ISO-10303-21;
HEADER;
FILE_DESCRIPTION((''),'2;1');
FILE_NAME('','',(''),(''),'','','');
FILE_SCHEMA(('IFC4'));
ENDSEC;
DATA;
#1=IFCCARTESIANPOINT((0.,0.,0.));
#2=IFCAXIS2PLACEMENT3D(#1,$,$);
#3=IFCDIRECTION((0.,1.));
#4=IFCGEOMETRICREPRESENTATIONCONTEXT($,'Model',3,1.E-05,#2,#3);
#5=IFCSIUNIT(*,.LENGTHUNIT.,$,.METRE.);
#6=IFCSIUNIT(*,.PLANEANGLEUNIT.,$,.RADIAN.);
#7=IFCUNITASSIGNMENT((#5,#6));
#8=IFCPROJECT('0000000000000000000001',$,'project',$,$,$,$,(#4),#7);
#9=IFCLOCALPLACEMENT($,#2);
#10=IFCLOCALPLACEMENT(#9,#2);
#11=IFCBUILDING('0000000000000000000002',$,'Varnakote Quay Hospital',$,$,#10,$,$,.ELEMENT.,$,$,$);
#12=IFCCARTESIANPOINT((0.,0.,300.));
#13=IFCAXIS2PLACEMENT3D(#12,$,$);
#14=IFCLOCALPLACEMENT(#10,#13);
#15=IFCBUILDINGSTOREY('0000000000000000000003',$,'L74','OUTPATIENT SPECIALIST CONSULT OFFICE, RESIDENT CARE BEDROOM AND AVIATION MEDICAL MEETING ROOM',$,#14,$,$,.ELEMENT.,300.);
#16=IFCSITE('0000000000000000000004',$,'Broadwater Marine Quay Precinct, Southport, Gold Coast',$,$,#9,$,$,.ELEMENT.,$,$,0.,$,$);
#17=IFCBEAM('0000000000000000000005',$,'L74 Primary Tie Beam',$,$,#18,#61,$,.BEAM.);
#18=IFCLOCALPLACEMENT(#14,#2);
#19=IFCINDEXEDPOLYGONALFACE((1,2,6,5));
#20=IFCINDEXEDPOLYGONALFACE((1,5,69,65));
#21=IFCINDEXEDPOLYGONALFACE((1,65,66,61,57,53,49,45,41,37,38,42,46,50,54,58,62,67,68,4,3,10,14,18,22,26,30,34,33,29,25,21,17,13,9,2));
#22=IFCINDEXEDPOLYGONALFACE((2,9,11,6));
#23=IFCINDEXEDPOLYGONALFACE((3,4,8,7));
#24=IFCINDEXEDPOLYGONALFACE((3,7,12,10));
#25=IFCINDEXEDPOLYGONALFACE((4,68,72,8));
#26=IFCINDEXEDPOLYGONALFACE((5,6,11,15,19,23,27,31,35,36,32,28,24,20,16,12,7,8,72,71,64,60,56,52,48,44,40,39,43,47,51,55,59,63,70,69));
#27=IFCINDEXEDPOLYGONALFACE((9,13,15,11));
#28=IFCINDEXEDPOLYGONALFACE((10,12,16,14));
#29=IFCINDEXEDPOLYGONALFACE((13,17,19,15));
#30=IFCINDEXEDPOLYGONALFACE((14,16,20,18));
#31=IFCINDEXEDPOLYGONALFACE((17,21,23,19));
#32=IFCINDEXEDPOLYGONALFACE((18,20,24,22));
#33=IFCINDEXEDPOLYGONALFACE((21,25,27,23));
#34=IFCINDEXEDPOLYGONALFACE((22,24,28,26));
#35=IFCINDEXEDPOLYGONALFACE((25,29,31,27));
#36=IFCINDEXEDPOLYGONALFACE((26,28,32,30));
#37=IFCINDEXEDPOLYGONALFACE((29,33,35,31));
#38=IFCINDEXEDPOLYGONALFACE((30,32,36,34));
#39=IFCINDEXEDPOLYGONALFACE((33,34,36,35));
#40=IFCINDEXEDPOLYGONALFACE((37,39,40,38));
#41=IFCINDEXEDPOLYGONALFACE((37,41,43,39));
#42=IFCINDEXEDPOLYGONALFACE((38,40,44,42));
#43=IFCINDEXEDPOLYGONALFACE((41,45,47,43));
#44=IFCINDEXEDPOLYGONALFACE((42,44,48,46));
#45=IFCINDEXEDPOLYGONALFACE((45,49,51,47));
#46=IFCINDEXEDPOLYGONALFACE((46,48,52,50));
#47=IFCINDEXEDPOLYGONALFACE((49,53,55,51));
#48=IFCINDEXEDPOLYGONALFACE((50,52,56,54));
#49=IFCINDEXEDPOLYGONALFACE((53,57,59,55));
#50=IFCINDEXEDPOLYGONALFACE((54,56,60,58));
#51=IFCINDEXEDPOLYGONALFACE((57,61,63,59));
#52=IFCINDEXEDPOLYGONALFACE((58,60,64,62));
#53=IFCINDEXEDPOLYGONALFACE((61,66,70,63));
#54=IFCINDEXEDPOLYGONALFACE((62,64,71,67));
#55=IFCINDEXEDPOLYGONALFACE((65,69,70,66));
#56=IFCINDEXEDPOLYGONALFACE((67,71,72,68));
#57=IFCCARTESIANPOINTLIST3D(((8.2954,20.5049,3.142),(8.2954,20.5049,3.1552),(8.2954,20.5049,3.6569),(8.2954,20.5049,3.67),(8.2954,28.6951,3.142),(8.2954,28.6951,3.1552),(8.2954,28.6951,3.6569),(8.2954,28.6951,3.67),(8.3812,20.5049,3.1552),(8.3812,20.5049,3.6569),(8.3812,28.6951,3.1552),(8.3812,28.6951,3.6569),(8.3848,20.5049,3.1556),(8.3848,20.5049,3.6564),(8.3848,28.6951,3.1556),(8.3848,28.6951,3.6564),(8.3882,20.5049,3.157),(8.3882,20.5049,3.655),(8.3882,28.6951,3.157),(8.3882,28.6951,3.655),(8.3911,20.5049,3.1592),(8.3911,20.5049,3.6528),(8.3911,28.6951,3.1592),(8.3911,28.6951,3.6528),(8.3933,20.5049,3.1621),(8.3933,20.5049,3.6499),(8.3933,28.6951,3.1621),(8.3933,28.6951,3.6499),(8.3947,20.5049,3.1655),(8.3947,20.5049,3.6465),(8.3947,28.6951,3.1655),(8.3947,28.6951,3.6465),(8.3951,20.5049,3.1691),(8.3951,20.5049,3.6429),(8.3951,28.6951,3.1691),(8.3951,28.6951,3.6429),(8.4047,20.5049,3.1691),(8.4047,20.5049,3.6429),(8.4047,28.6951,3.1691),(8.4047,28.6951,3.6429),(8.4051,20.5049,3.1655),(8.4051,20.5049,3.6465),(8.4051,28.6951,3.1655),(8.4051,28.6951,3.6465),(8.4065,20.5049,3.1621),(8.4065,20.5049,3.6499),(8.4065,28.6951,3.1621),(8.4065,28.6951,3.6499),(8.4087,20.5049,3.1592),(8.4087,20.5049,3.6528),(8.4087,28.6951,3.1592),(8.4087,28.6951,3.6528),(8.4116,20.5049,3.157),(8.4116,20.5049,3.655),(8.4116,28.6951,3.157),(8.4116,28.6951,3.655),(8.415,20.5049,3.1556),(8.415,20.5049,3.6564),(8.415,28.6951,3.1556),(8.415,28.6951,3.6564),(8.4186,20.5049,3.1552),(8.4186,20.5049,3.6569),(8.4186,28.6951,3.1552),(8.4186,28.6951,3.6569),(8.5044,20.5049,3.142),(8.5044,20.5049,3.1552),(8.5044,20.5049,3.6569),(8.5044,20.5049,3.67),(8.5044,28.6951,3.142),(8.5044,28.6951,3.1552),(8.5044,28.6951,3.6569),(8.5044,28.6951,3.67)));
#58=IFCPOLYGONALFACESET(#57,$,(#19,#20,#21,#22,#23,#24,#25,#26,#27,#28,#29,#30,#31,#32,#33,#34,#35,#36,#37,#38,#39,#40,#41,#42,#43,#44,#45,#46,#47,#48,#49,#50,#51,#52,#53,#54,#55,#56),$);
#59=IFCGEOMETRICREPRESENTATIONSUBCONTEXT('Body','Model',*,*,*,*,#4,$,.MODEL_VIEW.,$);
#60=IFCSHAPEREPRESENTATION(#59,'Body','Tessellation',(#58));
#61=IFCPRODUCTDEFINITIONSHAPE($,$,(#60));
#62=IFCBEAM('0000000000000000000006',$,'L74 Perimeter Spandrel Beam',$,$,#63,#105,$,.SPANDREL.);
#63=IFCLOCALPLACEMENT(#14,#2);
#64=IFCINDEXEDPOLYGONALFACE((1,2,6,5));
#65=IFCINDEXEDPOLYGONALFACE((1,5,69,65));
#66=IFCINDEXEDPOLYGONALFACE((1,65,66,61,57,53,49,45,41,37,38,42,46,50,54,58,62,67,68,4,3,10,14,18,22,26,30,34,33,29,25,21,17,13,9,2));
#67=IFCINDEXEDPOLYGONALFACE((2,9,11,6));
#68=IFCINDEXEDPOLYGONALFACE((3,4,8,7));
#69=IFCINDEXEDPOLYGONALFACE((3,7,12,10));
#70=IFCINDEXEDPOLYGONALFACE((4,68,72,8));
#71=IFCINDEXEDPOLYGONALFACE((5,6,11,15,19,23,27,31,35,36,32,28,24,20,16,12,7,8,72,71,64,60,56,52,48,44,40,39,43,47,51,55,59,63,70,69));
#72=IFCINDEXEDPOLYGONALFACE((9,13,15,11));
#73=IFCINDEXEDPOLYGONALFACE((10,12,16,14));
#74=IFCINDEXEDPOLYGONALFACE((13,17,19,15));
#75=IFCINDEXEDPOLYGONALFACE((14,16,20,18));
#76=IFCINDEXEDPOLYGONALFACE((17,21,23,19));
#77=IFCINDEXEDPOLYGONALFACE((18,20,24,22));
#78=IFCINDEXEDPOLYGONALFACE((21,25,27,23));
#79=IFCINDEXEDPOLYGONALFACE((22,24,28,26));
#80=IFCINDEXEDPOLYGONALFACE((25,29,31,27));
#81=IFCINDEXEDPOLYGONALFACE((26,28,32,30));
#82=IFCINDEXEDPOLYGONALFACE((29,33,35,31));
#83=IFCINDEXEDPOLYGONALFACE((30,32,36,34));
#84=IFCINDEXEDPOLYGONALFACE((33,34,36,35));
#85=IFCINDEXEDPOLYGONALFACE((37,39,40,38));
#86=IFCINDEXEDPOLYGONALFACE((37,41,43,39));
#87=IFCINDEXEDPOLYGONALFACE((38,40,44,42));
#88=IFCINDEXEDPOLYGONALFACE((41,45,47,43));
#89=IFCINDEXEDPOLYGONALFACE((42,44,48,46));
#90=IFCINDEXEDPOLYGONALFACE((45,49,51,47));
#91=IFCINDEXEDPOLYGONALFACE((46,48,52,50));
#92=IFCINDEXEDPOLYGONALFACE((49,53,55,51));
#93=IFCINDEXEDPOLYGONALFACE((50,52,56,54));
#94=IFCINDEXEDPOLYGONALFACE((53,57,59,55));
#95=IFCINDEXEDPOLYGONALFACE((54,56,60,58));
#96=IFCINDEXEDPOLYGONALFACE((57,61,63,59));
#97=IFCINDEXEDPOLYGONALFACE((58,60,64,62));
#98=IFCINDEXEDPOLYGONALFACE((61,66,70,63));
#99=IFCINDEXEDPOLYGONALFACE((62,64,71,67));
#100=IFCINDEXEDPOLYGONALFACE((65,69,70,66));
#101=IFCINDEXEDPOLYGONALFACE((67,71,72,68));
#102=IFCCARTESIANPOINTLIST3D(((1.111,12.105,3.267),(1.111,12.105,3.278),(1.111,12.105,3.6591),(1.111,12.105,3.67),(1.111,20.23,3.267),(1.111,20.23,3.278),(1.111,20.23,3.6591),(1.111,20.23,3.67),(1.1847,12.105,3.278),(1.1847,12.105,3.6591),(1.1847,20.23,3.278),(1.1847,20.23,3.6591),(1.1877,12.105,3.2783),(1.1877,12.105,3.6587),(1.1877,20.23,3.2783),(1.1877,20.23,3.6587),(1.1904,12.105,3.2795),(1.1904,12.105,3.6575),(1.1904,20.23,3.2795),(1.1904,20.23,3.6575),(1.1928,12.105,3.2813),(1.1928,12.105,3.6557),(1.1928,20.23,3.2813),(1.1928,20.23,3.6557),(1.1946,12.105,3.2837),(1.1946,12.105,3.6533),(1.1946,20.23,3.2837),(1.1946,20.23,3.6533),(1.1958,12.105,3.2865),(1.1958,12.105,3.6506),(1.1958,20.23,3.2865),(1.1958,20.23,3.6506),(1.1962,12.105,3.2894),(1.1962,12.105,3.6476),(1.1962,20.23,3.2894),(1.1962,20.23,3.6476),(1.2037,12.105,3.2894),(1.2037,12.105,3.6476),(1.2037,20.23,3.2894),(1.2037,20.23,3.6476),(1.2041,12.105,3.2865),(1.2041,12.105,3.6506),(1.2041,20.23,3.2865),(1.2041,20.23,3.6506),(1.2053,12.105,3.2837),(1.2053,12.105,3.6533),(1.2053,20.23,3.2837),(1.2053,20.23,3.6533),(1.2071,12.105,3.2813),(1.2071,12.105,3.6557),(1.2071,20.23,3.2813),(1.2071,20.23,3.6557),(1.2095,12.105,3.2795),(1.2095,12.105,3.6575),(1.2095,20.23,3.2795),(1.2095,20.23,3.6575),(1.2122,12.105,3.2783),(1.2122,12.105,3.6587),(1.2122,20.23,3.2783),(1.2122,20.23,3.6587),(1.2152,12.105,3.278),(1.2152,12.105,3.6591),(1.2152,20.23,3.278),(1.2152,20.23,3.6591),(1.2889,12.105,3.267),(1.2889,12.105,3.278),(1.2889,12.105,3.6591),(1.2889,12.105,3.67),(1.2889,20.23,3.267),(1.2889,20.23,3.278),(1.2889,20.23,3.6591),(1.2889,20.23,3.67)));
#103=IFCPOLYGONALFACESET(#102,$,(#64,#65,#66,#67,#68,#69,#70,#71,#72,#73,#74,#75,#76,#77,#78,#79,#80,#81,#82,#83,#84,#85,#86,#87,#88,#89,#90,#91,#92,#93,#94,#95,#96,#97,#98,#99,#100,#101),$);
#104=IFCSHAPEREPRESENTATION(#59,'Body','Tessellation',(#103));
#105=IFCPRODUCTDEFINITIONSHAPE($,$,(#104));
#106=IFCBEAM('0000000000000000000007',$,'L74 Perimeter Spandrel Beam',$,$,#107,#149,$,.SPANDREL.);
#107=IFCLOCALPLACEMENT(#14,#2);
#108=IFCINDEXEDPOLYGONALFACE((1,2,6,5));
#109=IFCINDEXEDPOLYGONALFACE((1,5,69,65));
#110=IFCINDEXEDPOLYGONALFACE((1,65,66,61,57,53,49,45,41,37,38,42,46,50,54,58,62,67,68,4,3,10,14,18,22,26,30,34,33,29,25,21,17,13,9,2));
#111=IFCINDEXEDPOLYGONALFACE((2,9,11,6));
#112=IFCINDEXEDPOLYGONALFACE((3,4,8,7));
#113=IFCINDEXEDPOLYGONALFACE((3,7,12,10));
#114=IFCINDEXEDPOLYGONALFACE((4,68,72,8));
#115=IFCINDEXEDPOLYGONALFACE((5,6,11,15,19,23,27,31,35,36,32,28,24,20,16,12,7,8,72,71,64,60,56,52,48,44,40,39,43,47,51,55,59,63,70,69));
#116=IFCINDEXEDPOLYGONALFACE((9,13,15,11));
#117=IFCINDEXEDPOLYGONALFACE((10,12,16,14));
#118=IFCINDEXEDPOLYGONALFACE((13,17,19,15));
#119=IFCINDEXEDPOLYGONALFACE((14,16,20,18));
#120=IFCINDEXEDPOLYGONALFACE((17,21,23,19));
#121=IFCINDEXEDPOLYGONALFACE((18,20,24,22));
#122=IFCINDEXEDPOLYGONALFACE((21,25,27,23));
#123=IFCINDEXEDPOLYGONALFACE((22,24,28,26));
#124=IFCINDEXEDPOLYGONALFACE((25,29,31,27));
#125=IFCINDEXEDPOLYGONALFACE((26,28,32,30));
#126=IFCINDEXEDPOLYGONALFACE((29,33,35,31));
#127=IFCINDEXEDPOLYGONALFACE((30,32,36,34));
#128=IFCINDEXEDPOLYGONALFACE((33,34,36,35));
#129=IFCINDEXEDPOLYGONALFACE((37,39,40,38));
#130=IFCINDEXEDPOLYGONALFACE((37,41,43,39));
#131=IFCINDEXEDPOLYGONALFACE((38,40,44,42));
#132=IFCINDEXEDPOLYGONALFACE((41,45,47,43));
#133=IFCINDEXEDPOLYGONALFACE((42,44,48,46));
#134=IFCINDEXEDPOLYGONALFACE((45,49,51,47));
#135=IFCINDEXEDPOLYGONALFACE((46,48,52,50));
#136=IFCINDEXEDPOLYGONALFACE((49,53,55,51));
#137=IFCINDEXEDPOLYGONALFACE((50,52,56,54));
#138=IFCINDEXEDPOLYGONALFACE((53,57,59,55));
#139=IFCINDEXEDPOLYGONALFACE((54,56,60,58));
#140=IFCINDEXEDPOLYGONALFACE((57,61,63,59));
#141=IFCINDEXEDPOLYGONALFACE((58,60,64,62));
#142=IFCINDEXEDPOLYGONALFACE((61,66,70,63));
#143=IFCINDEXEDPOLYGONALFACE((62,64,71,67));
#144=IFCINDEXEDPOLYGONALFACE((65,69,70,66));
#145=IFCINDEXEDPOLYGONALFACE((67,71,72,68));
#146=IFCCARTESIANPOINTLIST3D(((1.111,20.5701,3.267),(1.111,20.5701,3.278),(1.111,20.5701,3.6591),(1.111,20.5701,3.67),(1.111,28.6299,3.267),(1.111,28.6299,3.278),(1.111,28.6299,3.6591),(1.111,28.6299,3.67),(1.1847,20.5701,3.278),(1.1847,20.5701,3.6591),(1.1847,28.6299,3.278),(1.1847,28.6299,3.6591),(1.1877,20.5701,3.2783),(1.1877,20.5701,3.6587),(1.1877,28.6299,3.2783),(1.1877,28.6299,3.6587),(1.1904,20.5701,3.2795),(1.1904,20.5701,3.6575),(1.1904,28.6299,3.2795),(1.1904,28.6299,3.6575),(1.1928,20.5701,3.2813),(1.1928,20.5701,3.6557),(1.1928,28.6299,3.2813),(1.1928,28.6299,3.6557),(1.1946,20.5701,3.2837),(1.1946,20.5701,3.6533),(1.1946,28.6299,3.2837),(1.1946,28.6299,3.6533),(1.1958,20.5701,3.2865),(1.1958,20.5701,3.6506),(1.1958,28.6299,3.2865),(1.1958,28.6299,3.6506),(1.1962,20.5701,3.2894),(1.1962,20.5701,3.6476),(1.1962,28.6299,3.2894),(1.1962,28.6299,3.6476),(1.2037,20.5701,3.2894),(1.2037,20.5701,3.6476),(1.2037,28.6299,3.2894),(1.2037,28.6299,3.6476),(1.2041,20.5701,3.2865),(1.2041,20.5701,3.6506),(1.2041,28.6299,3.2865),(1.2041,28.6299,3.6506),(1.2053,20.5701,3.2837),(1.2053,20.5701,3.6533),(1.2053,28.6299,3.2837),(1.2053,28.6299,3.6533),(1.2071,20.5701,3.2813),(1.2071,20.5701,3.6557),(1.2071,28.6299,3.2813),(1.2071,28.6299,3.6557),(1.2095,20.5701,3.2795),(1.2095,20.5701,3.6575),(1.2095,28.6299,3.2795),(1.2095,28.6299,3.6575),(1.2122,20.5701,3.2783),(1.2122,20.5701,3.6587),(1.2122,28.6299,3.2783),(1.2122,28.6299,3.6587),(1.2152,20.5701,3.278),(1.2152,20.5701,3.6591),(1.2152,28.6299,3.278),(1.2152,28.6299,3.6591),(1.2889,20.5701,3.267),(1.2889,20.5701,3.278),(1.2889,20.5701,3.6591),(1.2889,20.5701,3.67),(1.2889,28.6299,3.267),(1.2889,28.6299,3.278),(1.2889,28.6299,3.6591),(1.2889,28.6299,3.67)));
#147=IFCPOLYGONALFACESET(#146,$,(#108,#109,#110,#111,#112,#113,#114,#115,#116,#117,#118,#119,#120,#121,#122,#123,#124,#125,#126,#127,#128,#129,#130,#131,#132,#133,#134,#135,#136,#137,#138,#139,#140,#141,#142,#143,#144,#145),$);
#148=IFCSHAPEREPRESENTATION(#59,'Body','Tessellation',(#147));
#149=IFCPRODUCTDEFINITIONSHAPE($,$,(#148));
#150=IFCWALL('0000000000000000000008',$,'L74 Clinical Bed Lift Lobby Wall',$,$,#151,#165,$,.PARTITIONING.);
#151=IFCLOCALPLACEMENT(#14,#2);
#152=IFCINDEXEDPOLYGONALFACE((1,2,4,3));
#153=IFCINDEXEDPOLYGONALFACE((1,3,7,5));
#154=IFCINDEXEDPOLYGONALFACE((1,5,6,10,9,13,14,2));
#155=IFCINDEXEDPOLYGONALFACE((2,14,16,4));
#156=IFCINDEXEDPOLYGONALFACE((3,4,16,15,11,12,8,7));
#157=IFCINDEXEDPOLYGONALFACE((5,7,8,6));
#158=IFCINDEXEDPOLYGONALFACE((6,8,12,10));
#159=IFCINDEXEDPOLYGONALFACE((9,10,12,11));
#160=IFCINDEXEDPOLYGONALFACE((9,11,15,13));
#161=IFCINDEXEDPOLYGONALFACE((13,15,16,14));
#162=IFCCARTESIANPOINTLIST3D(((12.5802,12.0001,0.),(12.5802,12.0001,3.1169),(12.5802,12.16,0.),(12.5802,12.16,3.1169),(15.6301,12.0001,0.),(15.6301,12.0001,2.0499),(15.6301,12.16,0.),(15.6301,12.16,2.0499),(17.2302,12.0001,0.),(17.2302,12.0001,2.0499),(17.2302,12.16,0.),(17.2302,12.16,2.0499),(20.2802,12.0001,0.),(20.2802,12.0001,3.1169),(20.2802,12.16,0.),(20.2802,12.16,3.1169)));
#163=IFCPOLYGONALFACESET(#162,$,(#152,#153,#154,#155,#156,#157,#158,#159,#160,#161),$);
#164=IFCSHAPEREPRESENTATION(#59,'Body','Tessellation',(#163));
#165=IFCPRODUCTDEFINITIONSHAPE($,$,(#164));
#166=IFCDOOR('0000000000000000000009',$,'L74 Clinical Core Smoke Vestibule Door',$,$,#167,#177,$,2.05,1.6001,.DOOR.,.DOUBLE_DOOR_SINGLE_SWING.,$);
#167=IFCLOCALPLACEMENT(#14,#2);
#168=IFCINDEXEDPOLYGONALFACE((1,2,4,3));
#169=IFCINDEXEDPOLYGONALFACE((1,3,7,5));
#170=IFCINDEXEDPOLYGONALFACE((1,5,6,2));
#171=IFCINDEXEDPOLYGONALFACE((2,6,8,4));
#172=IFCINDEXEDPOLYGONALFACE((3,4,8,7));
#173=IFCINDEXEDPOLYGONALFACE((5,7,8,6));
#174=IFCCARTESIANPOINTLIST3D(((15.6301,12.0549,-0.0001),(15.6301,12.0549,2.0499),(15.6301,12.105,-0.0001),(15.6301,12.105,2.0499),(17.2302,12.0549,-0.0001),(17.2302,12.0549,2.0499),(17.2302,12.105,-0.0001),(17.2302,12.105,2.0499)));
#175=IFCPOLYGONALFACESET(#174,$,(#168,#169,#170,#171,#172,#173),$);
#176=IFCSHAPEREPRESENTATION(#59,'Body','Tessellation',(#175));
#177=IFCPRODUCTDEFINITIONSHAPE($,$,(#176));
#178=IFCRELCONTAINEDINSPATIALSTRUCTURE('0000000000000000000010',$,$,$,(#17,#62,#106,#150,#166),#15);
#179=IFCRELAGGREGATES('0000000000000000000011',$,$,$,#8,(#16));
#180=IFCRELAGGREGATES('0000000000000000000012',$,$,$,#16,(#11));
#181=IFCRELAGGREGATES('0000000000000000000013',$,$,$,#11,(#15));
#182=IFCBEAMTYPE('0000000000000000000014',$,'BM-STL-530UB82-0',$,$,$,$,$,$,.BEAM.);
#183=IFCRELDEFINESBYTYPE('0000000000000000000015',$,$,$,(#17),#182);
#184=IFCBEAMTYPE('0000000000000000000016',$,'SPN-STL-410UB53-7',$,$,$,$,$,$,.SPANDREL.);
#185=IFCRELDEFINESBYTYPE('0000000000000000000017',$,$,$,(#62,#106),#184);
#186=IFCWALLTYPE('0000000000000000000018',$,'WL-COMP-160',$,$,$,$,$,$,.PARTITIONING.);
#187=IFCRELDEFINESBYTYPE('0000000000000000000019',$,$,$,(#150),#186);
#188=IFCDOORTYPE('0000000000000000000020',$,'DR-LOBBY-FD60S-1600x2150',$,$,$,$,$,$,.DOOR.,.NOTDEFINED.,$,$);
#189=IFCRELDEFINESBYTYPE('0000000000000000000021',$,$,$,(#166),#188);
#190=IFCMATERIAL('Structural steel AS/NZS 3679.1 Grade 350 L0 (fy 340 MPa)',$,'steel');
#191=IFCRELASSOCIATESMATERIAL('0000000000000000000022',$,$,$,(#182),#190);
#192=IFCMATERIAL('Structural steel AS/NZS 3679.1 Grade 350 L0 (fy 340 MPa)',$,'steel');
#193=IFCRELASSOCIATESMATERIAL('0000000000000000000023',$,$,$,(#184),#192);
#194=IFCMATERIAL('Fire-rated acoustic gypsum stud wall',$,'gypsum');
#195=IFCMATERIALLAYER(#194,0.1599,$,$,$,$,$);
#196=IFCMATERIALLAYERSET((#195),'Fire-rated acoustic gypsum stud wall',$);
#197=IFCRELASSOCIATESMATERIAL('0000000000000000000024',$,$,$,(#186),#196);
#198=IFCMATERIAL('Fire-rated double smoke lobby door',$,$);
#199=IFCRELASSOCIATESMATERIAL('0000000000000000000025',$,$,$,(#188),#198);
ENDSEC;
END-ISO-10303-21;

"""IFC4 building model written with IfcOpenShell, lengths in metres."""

from ifc_helpers import new_model, si_unit, direction, frame, frame_2d, origin, origin_2d, place, context, subcontext, project, spatial, rectangle, i_section, extrude, material, layer, layer_set, material_profile, profile_set, type_object, element, fill, save


model = new_model("IFC4")

# Units and contexts
model_context = context("Model", 3, precision=1e-05, world=origin(), true_north=direction((0.0, 1.0)))
body_context = subcontext(model_context, "Body", "Model", "MODEL_VIEW")
ifc_project = project(units=[si_unit("LENGTHUNIT", "METRE"), si_unit("PLANEANGLEUNIT", "RADIAN")], contexts=[model_context])

# Site, building, storey
site_placement = place(None, origin())
site = spatial("IfcSite", under=ifc_project, at=site_placement, Name="Broadwater Marine Quay Precinct, Southport, Gold Coast", CompositionType="ELEMENT", RefElevation=0.0)
building_placement = place(site_placement, origin())
building = spatial("IfcBuilding", under=site, at=building_placement, Name="Varnakote Quay Hospital", CompositionType="ELEMENT")
storey_placement = place(building_placement, frame((0.0, 0.0, 300.0)))
storey = spatial("IfcBuildingStorey", under=building, at=storey_placement, Name="L74", Description="OUTPATIENT SPECIALIST CONSULT OFFICE, RESIDENT CARE BEDROOM AND AVIATION MEDICAL MEETING ROOM", CompositionType="ELEMENT", Elevation=300.0)

# Beams
ifc_material_1 = material(Name="Structural steel AS/NZS 3679.1 Grade 350 L0 (fy 340 MPa)", Category="steel")
ifc_material_profile_1 = material_profile(ifc_material_1, i_section(OverallWidth=0.209, OverallDepth=0.5281, WebThickness=0.0095, FlangeThickness=0.0132, FilletRadius=0.0139, at=origin_2d()), Name="530UB82.0")
ifc_profile_set_1 = profile_set([ifc_material_profile_1], Name="Structural steel AS/NZS 3679.1 Grade 350 L0 (fy 340 MPa)")
beam_type_1 = type_object("IfcBeamType", Name="BM-STL-530UB82-0", PredefinedType="BEAM", material=ifc_profile_set_1)
beam_1_placement = place(storey_placement, frame((8.3999, 20.5049, 3.406), z_axis=(0.0, 1.0, 0.0), x_axis=(-1.0, 0.0, 0.0)))
element("IfcBeam", 1, at=beam_1_placement, inside=storey, type_object=beam_type_1, Name="L74 Primary Tie Beam", PredefinedType="BEAM", context=body_context, shape_type="SweptSolid", body=[
    extrude(i_section(OverallWidth=0.209, OverallDepth=0.5281, WebThickness=0.0095, FlangeThickness=0.0132, FilletRadius=0.0139, at=origin_2d()), origin(), (0.0, 0.0, 1.0), 8.1902),
])
ifc_material_2 = material(Name="Structural steel AS/NZS 3679.1 Grade 350 L0 (fy 340 MPa)", Category="steel")
ifc_material_profile_2 = material_profile(ifc_material_2, i_section(OverallWidth=0.178, OverallDepth=0.4031, WebThickness=0.0076, FlangeThickness=0.011, FilletRadius=0.0115, at=origin_2d()), Name="410UB53.7")
ifc_profile_set_2 = profile_set([ifc_material_profile_2], Name="Structural steel AS/NZS 3679.1 Grade 350 L0 (fy 340 MPa)")
beam_type_2 = type_object("IfcBeamType", Name="SPN-STL-410UB53-7", PredefinedType="SPANDREL", material=ifc_profile_set_2)
beam_2_placement = place(storey_placement, frame((1.2, 12.105, 3.4685), z_axis=(0.0, 1.0, 0.0), x_axis=(-1.0, 0.0, 0.0)))
element("IfcBeam", 2, at=beam_2_placement, inside=storey, type_object=beam_type_2, Name="L74 Perimeter Spandrel Beam", PredefinedType="SPANDREL", context=body_context, shape_type="SweptSolid", body=[
    extrude(i_section(OverallWidth=0.178, OverallDepth=0.4031, WebThickness=0.0076, FlangeThickness=0.011, FilletRadius=0.0115, at=origin_2d()), origin(), (0.0, 0.0, 1.0), 8.125),
])
beam_3_placement = place(storey_placement, frame((1.2, 20.5701, 3.4685), z_axis=(0.0, 1.0, 0.0), x_axis=(-1.0, 0.0, 0.0)))
element("IfcBeam", 3, at=beam_3_placement, inside=storey, type_object=beam_type_2, Name="L74 Perimeter Spandrel Beam", PredefinedType="SPANDREL", context=body_context, shape_type="SweptSolid", body=[
    extrude(i_section(OverallWidth=0.178, OverallDepth=0.4031, WebThickness=0.0076, FlangeThickness=0.011, FilletRadius=0.0115, at=origin_2d()), origin(), (0.0, 0.0, 1.0), 8.0598),
])

# Wall, opening, door
ifc_material_3 = material(Name="Fire-rated acoustic gypsum stud wall", Category="gypsum")
ifc_layer_1 = layer(ifc_material_3, 0.1599)
ifc_layer_set_1 = layer_set([ifc_layer_1], Name="Fire-rated acoustic gypsum stud wall")
wall_type_1 = type_object("IfcWallType", Name="WL-COMP-160", PredefinedType="PARTITIONING", material=ifc_layer_set_1)
wall_1_placement = place(storey_placement, frame((12.5801, 12.0801, 0.0), z_axis=(0.0, 0.0, 1.0), x_axis=(1.0, 0.0, 0.0)))
wall_1 = element("IfcWall", 4, at=wall_1_placement, inside=storey, type_object=wall_type_1, Name="L74 Clinical Bed Lift Lobby Wall", PredefinedType="PARTITIONING", context=body_context, shape_type="SweptSolid", body=[
    extrude(rectangle(XDim=7.7, YDim=0.1599, at=frame_2d((3.8501, 0.0))), origin(), (0.0, 0.0, 1.0), 3.1169),
])
opening_1_placement = place(wall_1_placement, frame((3.05, 0.0, 0.0)))
opening_1 = element("IfcOpeningElement", 5, at=opening_1_placement, cuts=wall_1, PredefinedType="OPENING", context=body_context, shape_type="SweptSolid", body=[
    extrude(rectangle(XDim=1.6001, YDim=2.05, at=frame_2d((0.8, 1.0249))), frame((0.0, 0.0898, 0.0), z_axis=(0.0, -1.0, 0.0), x_axis=(1.0, 0.0, 0.0)), (0.0, 0.0, 1.0), 0.1799),
])
ifc_material_4 = material(Name="Fire-rated double smoke lobby door")
door_type_1 = type_object("IfcDoorType", Name="DR-LOBBY-FD60S-1600x2150", OperationType="NOTDEFINED", PredefinedType="DOOR", material=ifc_material_4)
door_1_placement = place(opening_1_placement, origin())
door_1 = element("IfcDoor", 6, at=door_1_placement, inside=storey, type_object=door_type_1, Name="L74 Clinical Core Smoke Vestibule Door", OperationType="DOUBLE_DOOR_SINGLE_SWING", OverallHeight=2.05, OverallWidth=1.6001, PredefinedType="DOOR", context=body_context, shape_type="SweptSolid", body=[
    extrude(rectangle(XDim=1.6001, YDim=2.05, at=frame_2d((0.8, 1.0249))), frame((0.0, 0.0249, 0.0), z_axis=(0.0, -1.0, 0.0), x_axis=(1.0, 0.0, 0.0)), (0.0, 0.0, 1.0), 0.05),
])
fill(opening_1, door_1)

save(model, "model.ifc")
